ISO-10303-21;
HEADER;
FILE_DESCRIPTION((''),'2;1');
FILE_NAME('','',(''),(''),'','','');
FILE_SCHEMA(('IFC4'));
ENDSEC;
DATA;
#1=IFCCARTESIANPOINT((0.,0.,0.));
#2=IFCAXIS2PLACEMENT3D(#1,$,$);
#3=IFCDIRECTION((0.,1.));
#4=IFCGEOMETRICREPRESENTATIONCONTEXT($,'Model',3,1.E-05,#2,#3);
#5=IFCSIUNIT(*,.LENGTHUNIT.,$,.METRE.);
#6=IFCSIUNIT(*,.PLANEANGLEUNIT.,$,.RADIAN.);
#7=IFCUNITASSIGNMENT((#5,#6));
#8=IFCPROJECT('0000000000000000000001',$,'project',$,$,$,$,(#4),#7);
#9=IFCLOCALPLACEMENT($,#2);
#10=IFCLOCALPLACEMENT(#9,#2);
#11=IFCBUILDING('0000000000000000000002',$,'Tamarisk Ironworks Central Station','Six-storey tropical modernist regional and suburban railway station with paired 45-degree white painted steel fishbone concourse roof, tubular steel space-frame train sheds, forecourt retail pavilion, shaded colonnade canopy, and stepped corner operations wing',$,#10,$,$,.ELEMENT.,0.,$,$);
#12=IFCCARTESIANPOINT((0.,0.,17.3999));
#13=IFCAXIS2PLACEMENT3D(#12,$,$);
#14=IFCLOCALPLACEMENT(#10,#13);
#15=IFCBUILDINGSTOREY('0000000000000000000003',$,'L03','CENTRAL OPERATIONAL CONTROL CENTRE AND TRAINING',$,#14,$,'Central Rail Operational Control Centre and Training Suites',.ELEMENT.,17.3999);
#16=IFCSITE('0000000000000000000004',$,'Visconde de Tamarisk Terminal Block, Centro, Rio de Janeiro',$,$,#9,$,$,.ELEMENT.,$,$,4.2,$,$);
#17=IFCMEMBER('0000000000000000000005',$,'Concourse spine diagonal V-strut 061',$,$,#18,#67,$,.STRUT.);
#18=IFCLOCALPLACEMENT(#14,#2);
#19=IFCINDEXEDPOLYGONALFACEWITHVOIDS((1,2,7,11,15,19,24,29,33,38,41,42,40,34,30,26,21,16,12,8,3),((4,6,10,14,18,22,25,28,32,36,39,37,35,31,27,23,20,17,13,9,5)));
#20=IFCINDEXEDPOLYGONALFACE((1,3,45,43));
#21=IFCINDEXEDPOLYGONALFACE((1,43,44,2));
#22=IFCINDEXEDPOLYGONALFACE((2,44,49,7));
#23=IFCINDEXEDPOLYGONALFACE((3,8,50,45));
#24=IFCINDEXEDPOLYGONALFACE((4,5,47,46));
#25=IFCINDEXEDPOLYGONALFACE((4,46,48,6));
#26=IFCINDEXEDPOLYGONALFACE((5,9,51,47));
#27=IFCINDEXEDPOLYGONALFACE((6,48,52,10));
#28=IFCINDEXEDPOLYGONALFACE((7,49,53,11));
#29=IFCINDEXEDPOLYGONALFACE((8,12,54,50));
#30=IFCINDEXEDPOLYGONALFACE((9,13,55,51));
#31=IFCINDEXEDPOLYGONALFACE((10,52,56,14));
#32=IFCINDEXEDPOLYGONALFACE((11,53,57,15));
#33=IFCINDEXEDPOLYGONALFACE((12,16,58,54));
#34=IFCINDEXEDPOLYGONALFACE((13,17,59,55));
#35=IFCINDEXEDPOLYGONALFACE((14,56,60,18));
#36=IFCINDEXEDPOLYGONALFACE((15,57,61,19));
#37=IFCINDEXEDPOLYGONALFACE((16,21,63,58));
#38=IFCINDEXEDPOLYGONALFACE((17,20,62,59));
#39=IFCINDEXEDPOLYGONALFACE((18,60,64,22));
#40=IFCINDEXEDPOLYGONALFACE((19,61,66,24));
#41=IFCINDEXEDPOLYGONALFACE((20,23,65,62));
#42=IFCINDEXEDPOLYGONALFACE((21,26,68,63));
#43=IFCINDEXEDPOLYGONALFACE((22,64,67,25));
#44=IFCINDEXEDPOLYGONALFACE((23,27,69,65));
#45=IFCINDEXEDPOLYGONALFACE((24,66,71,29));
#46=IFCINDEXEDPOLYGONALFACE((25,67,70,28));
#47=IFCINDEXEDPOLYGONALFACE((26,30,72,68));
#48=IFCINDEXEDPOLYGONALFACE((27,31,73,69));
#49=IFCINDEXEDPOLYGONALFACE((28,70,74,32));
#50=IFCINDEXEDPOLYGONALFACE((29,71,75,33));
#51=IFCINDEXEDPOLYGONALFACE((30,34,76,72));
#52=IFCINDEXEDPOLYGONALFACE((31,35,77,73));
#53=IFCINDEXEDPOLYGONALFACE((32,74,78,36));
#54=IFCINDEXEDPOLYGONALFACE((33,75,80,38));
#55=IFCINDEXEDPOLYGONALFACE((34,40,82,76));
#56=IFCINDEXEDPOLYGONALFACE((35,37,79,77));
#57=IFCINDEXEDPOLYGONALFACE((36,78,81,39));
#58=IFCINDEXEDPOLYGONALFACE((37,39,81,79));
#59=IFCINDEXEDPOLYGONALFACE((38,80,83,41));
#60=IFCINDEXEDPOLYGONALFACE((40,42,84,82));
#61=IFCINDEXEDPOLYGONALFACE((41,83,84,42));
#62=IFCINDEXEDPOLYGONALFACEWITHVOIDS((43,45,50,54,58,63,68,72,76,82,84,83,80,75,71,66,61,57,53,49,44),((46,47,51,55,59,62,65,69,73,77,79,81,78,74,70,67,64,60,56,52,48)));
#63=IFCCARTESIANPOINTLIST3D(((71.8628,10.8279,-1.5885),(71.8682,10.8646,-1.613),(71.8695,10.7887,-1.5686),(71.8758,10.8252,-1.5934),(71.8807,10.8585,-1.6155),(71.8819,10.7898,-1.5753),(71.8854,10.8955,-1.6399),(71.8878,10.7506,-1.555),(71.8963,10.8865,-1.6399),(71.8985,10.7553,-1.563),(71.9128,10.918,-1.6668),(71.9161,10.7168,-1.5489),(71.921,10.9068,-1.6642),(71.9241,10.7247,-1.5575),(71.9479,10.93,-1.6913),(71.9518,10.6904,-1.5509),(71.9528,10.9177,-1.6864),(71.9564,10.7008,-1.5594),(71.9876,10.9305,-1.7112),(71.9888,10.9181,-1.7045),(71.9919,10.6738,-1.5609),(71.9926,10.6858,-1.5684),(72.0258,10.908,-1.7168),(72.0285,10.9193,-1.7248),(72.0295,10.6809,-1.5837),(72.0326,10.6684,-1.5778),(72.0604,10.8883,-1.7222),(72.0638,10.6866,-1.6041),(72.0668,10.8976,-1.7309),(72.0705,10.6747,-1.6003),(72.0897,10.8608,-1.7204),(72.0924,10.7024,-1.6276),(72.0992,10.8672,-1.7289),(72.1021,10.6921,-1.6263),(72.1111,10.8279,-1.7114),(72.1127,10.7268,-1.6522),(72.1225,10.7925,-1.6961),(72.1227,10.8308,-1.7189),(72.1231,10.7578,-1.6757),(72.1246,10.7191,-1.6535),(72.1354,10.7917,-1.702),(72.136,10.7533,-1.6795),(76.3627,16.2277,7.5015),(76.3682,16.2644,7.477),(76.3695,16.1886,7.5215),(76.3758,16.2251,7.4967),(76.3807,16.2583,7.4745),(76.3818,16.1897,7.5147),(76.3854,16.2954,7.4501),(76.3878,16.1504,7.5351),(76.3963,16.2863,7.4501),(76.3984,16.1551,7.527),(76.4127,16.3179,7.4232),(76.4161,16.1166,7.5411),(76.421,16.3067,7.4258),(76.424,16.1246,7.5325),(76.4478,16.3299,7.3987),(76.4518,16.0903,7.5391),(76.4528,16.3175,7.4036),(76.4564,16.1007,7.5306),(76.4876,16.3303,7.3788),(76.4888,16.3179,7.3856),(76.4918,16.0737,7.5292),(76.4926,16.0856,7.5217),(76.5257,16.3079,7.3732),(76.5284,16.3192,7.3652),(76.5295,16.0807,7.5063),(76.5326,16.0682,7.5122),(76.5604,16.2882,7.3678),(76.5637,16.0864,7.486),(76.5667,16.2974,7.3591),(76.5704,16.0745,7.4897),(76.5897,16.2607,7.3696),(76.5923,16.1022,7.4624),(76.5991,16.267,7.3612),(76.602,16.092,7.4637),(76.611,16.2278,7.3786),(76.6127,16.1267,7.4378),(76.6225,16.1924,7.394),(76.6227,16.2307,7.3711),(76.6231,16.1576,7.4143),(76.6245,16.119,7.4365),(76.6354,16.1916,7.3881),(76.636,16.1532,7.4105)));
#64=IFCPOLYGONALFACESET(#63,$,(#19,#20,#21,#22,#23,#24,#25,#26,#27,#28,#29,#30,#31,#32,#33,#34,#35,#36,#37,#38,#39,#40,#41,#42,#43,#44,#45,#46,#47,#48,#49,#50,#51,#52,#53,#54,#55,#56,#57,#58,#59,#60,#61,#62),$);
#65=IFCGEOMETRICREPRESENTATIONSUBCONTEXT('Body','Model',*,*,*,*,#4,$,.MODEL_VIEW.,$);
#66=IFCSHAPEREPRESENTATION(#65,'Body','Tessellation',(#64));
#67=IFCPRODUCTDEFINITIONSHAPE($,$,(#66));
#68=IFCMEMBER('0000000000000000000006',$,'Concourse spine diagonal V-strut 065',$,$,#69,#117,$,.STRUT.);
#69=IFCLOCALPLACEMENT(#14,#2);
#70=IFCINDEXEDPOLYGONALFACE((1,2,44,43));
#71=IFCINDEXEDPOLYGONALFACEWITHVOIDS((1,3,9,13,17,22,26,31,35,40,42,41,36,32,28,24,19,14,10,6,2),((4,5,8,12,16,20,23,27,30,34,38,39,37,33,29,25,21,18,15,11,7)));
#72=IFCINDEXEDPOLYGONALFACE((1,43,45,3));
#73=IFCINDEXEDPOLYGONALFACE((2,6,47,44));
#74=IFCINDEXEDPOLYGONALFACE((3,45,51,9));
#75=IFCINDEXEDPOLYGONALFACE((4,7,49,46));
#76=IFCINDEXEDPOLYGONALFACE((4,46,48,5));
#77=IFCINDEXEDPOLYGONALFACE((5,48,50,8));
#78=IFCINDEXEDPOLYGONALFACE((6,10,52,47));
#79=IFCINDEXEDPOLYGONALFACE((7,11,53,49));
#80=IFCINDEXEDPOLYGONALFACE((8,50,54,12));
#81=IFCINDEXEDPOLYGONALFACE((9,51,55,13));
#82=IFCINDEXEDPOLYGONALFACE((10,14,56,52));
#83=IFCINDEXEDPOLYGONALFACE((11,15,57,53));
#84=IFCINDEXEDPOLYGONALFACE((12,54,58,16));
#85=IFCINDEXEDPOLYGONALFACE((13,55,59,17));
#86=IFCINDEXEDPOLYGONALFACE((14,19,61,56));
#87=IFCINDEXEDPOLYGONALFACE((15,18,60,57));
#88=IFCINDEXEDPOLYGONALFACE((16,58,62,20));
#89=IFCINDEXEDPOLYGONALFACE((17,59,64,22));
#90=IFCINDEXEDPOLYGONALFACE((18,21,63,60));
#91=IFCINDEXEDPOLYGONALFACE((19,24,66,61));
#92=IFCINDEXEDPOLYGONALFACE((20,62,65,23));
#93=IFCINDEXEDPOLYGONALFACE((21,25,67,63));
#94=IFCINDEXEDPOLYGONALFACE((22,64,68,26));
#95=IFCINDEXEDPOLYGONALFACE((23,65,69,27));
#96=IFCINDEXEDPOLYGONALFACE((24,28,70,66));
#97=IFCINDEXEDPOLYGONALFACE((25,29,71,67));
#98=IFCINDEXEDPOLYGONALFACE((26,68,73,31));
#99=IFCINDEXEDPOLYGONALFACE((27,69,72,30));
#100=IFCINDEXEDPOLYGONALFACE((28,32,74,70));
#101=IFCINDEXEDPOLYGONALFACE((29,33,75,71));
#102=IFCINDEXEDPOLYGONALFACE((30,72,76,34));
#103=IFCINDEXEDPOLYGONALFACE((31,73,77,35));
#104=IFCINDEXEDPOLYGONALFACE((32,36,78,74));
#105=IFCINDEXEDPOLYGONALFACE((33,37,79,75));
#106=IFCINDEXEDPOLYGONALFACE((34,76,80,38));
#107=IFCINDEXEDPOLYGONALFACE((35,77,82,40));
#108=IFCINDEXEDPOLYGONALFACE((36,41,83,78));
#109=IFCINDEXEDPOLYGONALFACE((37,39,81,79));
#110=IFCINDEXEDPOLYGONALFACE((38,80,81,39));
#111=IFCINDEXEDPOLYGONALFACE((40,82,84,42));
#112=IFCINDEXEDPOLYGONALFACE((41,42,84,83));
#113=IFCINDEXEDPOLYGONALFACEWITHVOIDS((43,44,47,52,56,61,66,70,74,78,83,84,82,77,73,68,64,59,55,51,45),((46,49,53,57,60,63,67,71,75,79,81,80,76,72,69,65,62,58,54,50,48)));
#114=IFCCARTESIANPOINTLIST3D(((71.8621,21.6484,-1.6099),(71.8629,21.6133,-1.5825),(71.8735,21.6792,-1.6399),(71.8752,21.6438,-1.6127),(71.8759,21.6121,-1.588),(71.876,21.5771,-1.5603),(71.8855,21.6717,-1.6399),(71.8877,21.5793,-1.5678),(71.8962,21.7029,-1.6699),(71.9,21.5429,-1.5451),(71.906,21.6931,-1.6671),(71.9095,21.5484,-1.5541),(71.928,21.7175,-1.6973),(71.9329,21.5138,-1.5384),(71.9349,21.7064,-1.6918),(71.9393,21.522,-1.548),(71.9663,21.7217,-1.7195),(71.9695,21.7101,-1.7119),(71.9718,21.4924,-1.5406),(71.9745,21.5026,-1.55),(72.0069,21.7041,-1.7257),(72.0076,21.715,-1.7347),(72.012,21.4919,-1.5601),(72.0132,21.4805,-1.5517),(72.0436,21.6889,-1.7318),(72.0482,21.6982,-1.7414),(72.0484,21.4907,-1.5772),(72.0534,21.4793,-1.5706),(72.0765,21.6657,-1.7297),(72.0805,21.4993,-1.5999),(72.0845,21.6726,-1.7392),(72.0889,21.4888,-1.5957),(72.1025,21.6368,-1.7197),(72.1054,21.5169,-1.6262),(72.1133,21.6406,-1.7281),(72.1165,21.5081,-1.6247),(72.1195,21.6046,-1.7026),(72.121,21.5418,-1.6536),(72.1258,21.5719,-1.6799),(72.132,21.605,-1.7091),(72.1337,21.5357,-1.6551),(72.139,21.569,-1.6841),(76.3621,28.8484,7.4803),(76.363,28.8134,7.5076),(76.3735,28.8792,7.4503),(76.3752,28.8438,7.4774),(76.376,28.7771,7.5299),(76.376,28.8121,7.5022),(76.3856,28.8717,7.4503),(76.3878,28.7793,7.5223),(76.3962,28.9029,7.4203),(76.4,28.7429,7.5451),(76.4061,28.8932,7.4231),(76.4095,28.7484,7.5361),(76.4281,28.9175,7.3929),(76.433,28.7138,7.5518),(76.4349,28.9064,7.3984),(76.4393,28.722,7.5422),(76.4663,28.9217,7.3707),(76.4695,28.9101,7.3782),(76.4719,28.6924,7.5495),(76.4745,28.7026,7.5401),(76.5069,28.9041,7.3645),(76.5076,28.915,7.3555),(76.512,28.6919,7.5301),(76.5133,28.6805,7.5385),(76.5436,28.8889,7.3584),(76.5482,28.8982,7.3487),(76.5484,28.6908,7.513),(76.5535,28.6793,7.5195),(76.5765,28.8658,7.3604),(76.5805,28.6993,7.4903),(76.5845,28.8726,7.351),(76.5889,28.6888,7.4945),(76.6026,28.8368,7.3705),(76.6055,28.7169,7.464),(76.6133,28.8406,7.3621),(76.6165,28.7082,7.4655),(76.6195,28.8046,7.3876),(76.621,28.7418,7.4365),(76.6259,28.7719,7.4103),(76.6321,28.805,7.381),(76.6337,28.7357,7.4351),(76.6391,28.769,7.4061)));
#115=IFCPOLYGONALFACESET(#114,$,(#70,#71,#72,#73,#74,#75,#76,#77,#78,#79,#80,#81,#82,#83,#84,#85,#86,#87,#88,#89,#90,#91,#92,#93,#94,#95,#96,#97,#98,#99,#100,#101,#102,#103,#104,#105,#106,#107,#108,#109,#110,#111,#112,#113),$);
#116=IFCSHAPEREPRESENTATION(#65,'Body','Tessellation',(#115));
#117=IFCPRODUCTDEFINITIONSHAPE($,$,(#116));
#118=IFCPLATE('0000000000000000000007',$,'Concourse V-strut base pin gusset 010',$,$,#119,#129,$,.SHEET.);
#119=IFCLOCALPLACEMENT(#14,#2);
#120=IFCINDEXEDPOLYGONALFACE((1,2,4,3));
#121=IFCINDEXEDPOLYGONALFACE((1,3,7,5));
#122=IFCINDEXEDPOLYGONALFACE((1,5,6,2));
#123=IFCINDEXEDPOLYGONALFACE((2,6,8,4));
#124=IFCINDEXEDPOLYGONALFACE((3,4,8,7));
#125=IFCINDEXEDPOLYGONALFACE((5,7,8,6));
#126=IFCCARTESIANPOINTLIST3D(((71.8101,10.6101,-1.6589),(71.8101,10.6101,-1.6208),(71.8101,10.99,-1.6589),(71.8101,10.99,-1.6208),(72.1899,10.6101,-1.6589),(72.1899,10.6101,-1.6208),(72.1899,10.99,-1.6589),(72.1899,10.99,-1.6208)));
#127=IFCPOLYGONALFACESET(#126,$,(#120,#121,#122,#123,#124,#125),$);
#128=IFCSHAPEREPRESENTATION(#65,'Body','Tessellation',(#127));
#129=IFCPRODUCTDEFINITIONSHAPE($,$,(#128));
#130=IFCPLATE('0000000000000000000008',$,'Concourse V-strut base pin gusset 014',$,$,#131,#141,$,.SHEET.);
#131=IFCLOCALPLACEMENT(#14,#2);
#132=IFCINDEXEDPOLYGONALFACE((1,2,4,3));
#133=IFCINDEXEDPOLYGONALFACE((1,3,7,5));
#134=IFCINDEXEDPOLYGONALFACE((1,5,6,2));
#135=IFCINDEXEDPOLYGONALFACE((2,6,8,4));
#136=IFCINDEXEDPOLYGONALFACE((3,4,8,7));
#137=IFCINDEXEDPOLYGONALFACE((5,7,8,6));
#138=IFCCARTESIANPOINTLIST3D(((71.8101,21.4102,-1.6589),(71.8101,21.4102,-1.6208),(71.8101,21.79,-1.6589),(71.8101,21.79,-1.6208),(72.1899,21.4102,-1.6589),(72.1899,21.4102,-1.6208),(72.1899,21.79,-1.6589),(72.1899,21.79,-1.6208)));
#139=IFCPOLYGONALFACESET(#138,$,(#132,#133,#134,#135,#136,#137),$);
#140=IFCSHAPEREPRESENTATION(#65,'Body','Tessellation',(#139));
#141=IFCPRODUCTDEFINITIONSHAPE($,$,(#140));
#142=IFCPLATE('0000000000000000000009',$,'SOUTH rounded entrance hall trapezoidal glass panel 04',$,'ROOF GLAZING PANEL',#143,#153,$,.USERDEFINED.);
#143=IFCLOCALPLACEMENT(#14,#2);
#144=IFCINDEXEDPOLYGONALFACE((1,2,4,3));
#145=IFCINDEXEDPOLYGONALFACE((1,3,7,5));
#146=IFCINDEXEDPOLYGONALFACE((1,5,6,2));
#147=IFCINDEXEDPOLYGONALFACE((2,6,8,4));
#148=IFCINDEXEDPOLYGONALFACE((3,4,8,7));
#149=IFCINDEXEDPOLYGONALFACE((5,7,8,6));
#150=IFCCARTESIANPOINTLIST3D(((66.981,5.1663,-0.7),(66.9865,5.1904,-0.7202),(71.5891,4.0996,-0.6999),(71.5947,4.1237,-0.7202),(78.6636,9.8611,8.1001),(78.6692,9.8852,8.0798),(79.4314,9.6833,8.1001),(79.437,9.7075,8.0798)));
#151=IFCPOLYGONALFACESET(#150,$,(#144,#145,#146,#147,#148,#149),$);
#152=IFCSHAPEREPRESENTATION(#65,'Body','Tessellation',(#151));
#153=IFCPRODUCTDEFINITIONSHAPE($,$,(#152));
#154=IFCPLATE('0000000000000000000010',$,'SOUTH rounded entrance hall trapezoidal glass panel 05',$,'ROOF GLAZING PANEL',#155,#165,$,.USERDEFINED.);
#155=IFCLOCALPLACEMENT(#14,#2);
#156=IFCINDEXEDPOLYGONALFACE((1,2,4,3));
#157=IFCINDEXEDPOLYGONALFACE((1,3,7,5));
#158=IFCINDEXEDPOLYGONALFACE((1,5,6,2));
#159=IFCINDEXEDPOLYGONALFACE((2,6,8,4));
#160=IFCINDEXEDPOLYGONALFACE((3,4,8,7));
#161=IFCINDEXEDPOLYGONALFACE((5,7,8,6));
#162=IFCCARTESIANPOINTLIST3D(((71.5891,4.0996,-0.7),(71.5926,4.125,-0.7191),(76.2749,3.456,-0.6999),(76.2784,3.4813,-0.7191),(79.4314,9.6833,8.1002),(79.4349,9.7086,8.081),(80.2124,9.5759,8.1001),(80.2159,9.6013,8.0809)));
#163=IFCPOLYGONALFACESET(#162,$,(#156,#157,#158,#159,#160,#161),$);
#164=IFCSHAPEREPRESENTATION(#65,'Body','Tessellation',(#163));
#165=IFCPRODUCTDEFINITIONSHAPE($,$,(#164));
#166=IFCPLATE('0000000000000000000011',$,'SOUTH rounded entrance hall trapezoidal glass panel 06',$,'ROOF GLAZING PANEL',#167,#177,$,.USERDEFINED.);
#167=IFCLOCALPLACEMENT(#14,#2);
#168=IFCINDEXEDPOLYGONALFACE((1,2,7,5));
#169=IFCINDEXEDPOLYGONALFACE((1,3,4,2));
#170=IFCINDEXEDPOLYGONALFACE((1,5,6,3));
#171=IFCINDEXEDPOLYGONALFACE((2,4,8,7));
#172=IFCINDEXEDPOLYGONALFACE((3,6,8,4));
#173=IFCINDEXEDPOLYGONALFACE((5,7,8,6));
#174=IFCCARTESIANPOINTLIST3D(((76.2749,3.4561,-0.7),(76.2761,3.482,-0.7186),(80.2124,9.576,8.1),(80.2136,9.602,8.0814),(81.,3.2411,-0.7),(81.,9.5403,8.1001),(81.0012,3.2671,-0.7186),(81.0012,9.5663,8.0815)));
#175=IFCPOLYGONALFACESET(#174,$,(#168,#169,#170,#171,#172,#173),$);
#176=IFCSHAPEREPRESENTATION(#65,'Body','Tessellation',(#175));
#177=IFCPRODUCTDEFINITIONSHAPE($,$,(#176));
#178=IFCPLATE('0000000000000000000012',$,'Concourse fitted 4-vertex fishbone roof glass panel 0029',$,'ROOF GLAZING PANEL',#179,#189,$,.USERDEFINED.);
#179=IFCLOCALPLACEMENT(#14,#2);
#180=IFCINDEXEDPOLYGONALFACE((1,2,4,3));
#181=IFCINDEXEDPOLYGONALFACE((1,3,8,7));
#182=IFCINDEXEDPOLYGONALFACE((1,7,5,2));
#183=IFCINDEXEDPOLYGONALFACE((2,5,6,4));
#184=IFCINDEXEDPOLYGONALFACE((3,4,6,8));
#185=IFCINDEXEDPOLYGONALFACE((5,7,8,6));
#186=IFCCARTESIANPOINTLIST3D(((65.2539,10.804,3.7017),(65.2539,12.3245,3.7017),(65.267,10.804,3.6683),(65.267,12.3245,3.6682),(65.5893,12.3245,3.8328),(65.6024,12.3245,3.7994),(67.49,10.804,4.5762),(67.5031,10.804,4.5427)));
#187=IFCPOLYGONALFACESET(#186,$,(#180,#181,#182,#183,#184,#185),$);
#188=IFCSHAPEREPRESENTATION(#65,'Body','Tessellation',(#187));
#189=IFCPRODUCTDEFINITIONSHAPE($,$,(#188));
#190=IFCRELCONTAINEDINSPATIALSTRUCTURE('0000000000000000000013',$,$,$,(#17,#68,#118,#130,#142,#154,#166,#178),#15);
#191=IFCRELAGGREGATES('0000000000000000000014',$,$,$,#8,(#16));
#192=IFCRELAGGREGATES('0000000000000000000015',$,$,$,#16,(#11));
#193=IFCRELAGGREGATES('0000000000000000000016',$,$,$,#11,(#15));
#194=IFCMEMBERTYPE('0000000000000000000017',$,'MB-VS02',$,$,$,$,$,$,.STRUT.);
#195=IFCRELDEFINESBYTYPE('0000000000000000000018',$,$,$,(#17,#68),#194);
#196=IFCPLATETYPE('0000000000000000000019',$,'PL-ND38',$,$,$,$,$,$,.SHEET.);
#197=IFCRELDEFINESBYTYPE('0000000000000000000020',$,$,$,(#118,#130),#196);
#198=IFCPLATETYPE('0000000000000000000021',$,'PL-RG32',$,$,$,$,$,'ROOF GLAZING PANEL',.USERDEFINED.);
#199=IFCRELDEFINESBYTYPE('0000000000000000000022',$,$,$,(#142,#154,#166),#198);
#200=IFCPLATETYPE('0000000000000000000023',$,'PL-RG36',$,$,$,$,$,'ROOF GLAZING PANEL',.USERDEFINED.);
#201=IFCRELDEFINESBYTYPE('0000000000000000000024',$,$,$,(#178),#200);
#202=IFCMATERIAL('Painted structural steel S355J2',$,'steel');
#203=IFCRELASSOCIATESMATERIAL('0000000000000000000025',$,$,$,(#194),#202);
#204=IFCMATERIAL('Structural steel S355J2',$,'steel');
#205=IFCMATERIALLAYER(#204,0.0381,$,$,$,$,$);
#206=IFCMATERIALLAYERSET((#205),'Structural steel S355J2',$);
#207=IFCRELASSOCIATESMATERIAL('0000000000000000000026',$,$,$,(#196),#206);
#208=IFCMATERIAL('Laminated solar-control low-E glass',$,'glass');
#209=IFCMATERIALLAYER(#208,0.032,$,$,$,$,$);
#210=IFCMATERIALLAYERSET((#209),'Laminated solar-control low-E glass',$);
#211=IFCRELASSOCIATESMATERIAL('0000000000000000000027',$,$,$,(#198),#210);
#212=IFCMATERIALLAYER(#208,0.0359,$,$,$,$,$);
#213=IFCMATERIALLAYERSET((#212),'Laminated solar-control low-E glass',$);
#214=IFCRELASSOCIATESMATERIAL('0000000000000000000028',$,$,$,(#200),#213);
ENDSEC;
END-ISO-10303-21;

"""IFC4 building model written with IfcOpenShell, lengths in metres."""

from ifc_helpers import new_model, si_unit, direction, frame, origin, origin_2d, place, context, subcontext, project, spatial, polyline, rectangle, hollow_circle, outline, extrude, material, layer, layer_set, material_profile, profile_set, type_object, element, save


model = new_model("IFC4")

# Units and contexts
model_context = context("Model", 3, precision=1e-05, world=origin(), true_north=direction((0.0, 1.0)))
body_context = subcontext(model_context, "Body", "Model", "MODEL_VIEW")
ifc_project = project(units=[si_unit("LENGTHUNIT", "METRE"), si_unit("PLANEANGLEUNIT", "RADIAN")], contexts=[model_context])

# Site, building, storey
site_placement = place(None, origin())
site = spatial("IfcSite", under=ifc_project, at=site_placement, Name="Visconde de Tamarisk Terminal Block, Centro, Rio de Janeiro", CompositionType="ELEMENT", RefElevation=4.2)
building_placement = place(site_placement, origin())
building = spatial("IfcBuilding", under=site, at=building_placement, Name="Tamarisk Ironworks Central Station", Description="Six-storey tropical modernist regional and suburban railway station with paired 45-degree white painted steel fishbone concourse roof, tubular steel space-frame train sheds, forecourt retail pavilion, shaded colonnade canopy, and stepped corner operations wing", CompositionType="ELEMENT", ElevationOfRefHeight=0.0)
storey_placement = place(building_placement, frame((0.0, 0.0, 17.3999)))
storey = spatial("IfcBuildingStorey", under=building, at=storey_placement, Name="L03", Description="CENTRAL OPERATIONAL CONTROL CENTRE AND TRAINING", LongName="Central Rail Operational Control Centre and Training Suites", CompositionType="ELEMENT", Elevation=17.3999)

# Shared definitions
ifc_material_1 = material(Name="Structural steel S355J2", Category="steel")

# Shared definitions
ifc_material_2 = material(Name="Painted structural steel S355J2", Category="steel")

# Members
ifc_material_profile_1 = material_profile(ifc_material_2, hollow_circle(Radius=0.1492, WallThickness=0.0142, at=origin_2d()), Name="CHS 298.5x14.2")
ifc_profile_set_1 = profile_set([ifc_material_profile_1], Name="Painted structural steel S355J2")
member_type_1 = type_object("IfcMemberType", Name="MB-VS02", PredefinedType="STRUT", material=ifc_profile_set_1)
member_1_placement = place(storey_placement, frame((72.0, 10.8, -1.6399), z_axis=(0.391617, 0.469932, 0.791075), x_axis=(-0.768216, 0.640191, 0.0)))
element("IfcMember", 1, at=member_1_placement, inside=storey, type_object=member_type_1, Name="Concourse spine diagonal V-strut 061", PredefinedType="STRUT", context=body_context, shape_type="SweptSolid", body=[
    extrude(hollow_circle(Radius=0.1492, WallThickness=0.0142, at=origin_2d()), origin(), (0.0, 0.0, 1.0), 11.4907),
])
member_2_placement = place(storey_placement, frame((72.0, 21.6001, -1.6399), z_axis=(0.361777, 0.578839, 0.730796), x_axis=(-0.847997, 0.530002, 0.0)))
element("IfcMember", 2, at=member_2_placement, inside=storey, type_object=member_type_1, Name="Concourse spine diagonal V-strut 065", PredefinedType="STRUT", context=body_context, shape_type="SweptSolid", body=[
    extrude(hollow_circle(Radius=0.1492, WallThickness=0.0142, at=origin_2d()), origin(), (0.0, 0.0, 1.0), 12.4387),
])

# Plates
ifc_layer_1 = layer(ifc_material_1, 0.0381)
ifc_layer_set_1 = layer_set([ifc_layer_1], Name="Structural steel S355J2")
plate_type_1 = type_object("IfcPlateType", Name="PL-ND38", PredefinedType="SHEET", material=ifc_layer_set_1)
for number, where, z_axis, x_axis, name in (
    (3, (72.0, 10.8, -1.6589), (0.0, 0.0, 1.0), (1.0, 0.0, 0.0), "Concourse V-strut base pin gusset 010"),
    (4, (72.0, 21.6001, -1.6589), (0.0, 0.0, 1.0), (1.0, 0.0, 0.0), "Concourse V-strut base pin gusset 014"),
):
    element("IfcPlate", number, at=place(storey_placement, frame(where, z_axis=z_axis, x_axis=x_axis)), inside=storey, type_object=plate_type_1, Name=name, PredefinedType="SHEET", context=body_context, shape_type="SweptSolid", body=[
        extrude(rectangle(XDim=0.3799, YDim=0.3799, at=origin_2d()), origin(), (0.0, 0.0, 1.0), 0.0381),
    ])
ifc_material_3 = material(Name="Laminated solar-control low-E glass", Category="glass")
ifc_layer_2 = layer(ifc_material_3, 0.032)
ifc_layer_set_2 = layer_set([ifc_layer_2], Name="Laminated solar-control low-E glass")
plate_type_2 = type_object("IfcPlateType", Name="PL-RG32", ElementType="ROOF GLAZING PANEL", PredefinedType="USERDEFINED", material=ifc_layer_set_2)
plate_1_placement = place(storey_placement, frame((66.981, 5.1663, -0.7), z_axis=(-0.174453, -0.753669, 0.633679), x_axis=(0.974241, -0.225508, 0.000001)))
element("IfcPlate", 5, at=plate_1_placement, inside=storey, type_object=plate_type_2, Name="SOUTH rounded entrance hall trapezoidal glass panel 04", ObjectType="ROOF GLAZING PANEL", PredefinedType="USERDEFINED", context=body_context, shape_type="SweptSolid", body=[
    extrude(outline(polyline([(0.0, 0.0), (4.73, 0.0), (11.1111, 11.3755), (10.323, 11.3755), (0.0, 0.0)])), origin(), (0.0, 0.0, -1.0), 0.032),
])
plate_2_placement = place(storey_placement, frame((71.5891, 4.0996, -0.7), z_axis=(-0.10888, -0.792605, 0.599936), x_axis=(0.990698, -0.136082, 0.000014)))
element("IfcPlate", 6, at=plate_2_placement, inside=storey, type_object=plate_type_2, Name="SOUTH rounded entrance hall trapezoidal glass panel 05", ObjectType="ROOF GLAZING PANEL", PredefinedType="USERDEFINED", context=body_context, shape_type="SweptSolid", body=[
    extrude(outline(polyline([(0.0, 0.0), (4.7298, 0.0), (7.798, 10.9993), (7.0096, 10.9994), (0.0, 0.0)])), origin(), (0.0, 0.0, -1.0), 0.032),
])
plate_3_placement = place(storey_placement, frame((76.2749, 3.4561, -0.7), z_axis=(-0.036959, -0.812592, 0.581659), x_axis=(0.998967, -0.045448, -0.000018)))
element("IfcPlate", 7, at=plate_3_placement, inside=storey, type_object=plate_type_2, Name="SOUTH rounded entrance hall trapezoidal glass panel 06", ObjectType="ROOF GLAZING PANEL", PredefinedType="USERDEFINED", context=body_context, shape_type="SweptSolid", body=[
    extrude(outline(polyline([(0.0, 0.0), (4.73, 0.0), (4.4435, 10.8185), (3.6551, 10.8184), (0.0, 0.0)])), origin(), (0.0, 0.0, -1.0), 0.032),
])
ifc_layer_3 = layer(ifc_material_3, 0.0359)
ifc_layer_set_3 = layer_set([ifc_layer_3], Name="Laminated solar-control low-E glass")
plate_type_3 = type_object("IfcPlateType", Name="PL-RG36", ElementType="ROOF GLAZING PANEL", PredefinedType="USERDEFINED", material=ifc_layer_set_3)
plate_4_placement = place(storey_placement, frame((65.2539, 12.3245, 3.7017), z_axis=(-0.364199, 0.000047, 0.931321), x_axis=(-0.000017, -1.0, 0.000043)))
element("IfcPlate", 8, at=plate_4_placement, inside=storey, type_object=plate_type_3, Name="Concourse fitted 4-vertex fishbone roof glass panel 0029", ObjectType="ROOF GLAZING PANEL", PredefinedType="USERDEFINED", context=body_context, shape_type="SweptSolid", body=[
    extrude(outline(polyline([(0.0, 0.0), (1.5205, 0.0), (1.5205, 2.401), (0.0, 0.3602), (0.0, 0.0)])), origin(), (0.0, 0.0, -1.0), 0.0359),
])

save(model, "model.ifc")
